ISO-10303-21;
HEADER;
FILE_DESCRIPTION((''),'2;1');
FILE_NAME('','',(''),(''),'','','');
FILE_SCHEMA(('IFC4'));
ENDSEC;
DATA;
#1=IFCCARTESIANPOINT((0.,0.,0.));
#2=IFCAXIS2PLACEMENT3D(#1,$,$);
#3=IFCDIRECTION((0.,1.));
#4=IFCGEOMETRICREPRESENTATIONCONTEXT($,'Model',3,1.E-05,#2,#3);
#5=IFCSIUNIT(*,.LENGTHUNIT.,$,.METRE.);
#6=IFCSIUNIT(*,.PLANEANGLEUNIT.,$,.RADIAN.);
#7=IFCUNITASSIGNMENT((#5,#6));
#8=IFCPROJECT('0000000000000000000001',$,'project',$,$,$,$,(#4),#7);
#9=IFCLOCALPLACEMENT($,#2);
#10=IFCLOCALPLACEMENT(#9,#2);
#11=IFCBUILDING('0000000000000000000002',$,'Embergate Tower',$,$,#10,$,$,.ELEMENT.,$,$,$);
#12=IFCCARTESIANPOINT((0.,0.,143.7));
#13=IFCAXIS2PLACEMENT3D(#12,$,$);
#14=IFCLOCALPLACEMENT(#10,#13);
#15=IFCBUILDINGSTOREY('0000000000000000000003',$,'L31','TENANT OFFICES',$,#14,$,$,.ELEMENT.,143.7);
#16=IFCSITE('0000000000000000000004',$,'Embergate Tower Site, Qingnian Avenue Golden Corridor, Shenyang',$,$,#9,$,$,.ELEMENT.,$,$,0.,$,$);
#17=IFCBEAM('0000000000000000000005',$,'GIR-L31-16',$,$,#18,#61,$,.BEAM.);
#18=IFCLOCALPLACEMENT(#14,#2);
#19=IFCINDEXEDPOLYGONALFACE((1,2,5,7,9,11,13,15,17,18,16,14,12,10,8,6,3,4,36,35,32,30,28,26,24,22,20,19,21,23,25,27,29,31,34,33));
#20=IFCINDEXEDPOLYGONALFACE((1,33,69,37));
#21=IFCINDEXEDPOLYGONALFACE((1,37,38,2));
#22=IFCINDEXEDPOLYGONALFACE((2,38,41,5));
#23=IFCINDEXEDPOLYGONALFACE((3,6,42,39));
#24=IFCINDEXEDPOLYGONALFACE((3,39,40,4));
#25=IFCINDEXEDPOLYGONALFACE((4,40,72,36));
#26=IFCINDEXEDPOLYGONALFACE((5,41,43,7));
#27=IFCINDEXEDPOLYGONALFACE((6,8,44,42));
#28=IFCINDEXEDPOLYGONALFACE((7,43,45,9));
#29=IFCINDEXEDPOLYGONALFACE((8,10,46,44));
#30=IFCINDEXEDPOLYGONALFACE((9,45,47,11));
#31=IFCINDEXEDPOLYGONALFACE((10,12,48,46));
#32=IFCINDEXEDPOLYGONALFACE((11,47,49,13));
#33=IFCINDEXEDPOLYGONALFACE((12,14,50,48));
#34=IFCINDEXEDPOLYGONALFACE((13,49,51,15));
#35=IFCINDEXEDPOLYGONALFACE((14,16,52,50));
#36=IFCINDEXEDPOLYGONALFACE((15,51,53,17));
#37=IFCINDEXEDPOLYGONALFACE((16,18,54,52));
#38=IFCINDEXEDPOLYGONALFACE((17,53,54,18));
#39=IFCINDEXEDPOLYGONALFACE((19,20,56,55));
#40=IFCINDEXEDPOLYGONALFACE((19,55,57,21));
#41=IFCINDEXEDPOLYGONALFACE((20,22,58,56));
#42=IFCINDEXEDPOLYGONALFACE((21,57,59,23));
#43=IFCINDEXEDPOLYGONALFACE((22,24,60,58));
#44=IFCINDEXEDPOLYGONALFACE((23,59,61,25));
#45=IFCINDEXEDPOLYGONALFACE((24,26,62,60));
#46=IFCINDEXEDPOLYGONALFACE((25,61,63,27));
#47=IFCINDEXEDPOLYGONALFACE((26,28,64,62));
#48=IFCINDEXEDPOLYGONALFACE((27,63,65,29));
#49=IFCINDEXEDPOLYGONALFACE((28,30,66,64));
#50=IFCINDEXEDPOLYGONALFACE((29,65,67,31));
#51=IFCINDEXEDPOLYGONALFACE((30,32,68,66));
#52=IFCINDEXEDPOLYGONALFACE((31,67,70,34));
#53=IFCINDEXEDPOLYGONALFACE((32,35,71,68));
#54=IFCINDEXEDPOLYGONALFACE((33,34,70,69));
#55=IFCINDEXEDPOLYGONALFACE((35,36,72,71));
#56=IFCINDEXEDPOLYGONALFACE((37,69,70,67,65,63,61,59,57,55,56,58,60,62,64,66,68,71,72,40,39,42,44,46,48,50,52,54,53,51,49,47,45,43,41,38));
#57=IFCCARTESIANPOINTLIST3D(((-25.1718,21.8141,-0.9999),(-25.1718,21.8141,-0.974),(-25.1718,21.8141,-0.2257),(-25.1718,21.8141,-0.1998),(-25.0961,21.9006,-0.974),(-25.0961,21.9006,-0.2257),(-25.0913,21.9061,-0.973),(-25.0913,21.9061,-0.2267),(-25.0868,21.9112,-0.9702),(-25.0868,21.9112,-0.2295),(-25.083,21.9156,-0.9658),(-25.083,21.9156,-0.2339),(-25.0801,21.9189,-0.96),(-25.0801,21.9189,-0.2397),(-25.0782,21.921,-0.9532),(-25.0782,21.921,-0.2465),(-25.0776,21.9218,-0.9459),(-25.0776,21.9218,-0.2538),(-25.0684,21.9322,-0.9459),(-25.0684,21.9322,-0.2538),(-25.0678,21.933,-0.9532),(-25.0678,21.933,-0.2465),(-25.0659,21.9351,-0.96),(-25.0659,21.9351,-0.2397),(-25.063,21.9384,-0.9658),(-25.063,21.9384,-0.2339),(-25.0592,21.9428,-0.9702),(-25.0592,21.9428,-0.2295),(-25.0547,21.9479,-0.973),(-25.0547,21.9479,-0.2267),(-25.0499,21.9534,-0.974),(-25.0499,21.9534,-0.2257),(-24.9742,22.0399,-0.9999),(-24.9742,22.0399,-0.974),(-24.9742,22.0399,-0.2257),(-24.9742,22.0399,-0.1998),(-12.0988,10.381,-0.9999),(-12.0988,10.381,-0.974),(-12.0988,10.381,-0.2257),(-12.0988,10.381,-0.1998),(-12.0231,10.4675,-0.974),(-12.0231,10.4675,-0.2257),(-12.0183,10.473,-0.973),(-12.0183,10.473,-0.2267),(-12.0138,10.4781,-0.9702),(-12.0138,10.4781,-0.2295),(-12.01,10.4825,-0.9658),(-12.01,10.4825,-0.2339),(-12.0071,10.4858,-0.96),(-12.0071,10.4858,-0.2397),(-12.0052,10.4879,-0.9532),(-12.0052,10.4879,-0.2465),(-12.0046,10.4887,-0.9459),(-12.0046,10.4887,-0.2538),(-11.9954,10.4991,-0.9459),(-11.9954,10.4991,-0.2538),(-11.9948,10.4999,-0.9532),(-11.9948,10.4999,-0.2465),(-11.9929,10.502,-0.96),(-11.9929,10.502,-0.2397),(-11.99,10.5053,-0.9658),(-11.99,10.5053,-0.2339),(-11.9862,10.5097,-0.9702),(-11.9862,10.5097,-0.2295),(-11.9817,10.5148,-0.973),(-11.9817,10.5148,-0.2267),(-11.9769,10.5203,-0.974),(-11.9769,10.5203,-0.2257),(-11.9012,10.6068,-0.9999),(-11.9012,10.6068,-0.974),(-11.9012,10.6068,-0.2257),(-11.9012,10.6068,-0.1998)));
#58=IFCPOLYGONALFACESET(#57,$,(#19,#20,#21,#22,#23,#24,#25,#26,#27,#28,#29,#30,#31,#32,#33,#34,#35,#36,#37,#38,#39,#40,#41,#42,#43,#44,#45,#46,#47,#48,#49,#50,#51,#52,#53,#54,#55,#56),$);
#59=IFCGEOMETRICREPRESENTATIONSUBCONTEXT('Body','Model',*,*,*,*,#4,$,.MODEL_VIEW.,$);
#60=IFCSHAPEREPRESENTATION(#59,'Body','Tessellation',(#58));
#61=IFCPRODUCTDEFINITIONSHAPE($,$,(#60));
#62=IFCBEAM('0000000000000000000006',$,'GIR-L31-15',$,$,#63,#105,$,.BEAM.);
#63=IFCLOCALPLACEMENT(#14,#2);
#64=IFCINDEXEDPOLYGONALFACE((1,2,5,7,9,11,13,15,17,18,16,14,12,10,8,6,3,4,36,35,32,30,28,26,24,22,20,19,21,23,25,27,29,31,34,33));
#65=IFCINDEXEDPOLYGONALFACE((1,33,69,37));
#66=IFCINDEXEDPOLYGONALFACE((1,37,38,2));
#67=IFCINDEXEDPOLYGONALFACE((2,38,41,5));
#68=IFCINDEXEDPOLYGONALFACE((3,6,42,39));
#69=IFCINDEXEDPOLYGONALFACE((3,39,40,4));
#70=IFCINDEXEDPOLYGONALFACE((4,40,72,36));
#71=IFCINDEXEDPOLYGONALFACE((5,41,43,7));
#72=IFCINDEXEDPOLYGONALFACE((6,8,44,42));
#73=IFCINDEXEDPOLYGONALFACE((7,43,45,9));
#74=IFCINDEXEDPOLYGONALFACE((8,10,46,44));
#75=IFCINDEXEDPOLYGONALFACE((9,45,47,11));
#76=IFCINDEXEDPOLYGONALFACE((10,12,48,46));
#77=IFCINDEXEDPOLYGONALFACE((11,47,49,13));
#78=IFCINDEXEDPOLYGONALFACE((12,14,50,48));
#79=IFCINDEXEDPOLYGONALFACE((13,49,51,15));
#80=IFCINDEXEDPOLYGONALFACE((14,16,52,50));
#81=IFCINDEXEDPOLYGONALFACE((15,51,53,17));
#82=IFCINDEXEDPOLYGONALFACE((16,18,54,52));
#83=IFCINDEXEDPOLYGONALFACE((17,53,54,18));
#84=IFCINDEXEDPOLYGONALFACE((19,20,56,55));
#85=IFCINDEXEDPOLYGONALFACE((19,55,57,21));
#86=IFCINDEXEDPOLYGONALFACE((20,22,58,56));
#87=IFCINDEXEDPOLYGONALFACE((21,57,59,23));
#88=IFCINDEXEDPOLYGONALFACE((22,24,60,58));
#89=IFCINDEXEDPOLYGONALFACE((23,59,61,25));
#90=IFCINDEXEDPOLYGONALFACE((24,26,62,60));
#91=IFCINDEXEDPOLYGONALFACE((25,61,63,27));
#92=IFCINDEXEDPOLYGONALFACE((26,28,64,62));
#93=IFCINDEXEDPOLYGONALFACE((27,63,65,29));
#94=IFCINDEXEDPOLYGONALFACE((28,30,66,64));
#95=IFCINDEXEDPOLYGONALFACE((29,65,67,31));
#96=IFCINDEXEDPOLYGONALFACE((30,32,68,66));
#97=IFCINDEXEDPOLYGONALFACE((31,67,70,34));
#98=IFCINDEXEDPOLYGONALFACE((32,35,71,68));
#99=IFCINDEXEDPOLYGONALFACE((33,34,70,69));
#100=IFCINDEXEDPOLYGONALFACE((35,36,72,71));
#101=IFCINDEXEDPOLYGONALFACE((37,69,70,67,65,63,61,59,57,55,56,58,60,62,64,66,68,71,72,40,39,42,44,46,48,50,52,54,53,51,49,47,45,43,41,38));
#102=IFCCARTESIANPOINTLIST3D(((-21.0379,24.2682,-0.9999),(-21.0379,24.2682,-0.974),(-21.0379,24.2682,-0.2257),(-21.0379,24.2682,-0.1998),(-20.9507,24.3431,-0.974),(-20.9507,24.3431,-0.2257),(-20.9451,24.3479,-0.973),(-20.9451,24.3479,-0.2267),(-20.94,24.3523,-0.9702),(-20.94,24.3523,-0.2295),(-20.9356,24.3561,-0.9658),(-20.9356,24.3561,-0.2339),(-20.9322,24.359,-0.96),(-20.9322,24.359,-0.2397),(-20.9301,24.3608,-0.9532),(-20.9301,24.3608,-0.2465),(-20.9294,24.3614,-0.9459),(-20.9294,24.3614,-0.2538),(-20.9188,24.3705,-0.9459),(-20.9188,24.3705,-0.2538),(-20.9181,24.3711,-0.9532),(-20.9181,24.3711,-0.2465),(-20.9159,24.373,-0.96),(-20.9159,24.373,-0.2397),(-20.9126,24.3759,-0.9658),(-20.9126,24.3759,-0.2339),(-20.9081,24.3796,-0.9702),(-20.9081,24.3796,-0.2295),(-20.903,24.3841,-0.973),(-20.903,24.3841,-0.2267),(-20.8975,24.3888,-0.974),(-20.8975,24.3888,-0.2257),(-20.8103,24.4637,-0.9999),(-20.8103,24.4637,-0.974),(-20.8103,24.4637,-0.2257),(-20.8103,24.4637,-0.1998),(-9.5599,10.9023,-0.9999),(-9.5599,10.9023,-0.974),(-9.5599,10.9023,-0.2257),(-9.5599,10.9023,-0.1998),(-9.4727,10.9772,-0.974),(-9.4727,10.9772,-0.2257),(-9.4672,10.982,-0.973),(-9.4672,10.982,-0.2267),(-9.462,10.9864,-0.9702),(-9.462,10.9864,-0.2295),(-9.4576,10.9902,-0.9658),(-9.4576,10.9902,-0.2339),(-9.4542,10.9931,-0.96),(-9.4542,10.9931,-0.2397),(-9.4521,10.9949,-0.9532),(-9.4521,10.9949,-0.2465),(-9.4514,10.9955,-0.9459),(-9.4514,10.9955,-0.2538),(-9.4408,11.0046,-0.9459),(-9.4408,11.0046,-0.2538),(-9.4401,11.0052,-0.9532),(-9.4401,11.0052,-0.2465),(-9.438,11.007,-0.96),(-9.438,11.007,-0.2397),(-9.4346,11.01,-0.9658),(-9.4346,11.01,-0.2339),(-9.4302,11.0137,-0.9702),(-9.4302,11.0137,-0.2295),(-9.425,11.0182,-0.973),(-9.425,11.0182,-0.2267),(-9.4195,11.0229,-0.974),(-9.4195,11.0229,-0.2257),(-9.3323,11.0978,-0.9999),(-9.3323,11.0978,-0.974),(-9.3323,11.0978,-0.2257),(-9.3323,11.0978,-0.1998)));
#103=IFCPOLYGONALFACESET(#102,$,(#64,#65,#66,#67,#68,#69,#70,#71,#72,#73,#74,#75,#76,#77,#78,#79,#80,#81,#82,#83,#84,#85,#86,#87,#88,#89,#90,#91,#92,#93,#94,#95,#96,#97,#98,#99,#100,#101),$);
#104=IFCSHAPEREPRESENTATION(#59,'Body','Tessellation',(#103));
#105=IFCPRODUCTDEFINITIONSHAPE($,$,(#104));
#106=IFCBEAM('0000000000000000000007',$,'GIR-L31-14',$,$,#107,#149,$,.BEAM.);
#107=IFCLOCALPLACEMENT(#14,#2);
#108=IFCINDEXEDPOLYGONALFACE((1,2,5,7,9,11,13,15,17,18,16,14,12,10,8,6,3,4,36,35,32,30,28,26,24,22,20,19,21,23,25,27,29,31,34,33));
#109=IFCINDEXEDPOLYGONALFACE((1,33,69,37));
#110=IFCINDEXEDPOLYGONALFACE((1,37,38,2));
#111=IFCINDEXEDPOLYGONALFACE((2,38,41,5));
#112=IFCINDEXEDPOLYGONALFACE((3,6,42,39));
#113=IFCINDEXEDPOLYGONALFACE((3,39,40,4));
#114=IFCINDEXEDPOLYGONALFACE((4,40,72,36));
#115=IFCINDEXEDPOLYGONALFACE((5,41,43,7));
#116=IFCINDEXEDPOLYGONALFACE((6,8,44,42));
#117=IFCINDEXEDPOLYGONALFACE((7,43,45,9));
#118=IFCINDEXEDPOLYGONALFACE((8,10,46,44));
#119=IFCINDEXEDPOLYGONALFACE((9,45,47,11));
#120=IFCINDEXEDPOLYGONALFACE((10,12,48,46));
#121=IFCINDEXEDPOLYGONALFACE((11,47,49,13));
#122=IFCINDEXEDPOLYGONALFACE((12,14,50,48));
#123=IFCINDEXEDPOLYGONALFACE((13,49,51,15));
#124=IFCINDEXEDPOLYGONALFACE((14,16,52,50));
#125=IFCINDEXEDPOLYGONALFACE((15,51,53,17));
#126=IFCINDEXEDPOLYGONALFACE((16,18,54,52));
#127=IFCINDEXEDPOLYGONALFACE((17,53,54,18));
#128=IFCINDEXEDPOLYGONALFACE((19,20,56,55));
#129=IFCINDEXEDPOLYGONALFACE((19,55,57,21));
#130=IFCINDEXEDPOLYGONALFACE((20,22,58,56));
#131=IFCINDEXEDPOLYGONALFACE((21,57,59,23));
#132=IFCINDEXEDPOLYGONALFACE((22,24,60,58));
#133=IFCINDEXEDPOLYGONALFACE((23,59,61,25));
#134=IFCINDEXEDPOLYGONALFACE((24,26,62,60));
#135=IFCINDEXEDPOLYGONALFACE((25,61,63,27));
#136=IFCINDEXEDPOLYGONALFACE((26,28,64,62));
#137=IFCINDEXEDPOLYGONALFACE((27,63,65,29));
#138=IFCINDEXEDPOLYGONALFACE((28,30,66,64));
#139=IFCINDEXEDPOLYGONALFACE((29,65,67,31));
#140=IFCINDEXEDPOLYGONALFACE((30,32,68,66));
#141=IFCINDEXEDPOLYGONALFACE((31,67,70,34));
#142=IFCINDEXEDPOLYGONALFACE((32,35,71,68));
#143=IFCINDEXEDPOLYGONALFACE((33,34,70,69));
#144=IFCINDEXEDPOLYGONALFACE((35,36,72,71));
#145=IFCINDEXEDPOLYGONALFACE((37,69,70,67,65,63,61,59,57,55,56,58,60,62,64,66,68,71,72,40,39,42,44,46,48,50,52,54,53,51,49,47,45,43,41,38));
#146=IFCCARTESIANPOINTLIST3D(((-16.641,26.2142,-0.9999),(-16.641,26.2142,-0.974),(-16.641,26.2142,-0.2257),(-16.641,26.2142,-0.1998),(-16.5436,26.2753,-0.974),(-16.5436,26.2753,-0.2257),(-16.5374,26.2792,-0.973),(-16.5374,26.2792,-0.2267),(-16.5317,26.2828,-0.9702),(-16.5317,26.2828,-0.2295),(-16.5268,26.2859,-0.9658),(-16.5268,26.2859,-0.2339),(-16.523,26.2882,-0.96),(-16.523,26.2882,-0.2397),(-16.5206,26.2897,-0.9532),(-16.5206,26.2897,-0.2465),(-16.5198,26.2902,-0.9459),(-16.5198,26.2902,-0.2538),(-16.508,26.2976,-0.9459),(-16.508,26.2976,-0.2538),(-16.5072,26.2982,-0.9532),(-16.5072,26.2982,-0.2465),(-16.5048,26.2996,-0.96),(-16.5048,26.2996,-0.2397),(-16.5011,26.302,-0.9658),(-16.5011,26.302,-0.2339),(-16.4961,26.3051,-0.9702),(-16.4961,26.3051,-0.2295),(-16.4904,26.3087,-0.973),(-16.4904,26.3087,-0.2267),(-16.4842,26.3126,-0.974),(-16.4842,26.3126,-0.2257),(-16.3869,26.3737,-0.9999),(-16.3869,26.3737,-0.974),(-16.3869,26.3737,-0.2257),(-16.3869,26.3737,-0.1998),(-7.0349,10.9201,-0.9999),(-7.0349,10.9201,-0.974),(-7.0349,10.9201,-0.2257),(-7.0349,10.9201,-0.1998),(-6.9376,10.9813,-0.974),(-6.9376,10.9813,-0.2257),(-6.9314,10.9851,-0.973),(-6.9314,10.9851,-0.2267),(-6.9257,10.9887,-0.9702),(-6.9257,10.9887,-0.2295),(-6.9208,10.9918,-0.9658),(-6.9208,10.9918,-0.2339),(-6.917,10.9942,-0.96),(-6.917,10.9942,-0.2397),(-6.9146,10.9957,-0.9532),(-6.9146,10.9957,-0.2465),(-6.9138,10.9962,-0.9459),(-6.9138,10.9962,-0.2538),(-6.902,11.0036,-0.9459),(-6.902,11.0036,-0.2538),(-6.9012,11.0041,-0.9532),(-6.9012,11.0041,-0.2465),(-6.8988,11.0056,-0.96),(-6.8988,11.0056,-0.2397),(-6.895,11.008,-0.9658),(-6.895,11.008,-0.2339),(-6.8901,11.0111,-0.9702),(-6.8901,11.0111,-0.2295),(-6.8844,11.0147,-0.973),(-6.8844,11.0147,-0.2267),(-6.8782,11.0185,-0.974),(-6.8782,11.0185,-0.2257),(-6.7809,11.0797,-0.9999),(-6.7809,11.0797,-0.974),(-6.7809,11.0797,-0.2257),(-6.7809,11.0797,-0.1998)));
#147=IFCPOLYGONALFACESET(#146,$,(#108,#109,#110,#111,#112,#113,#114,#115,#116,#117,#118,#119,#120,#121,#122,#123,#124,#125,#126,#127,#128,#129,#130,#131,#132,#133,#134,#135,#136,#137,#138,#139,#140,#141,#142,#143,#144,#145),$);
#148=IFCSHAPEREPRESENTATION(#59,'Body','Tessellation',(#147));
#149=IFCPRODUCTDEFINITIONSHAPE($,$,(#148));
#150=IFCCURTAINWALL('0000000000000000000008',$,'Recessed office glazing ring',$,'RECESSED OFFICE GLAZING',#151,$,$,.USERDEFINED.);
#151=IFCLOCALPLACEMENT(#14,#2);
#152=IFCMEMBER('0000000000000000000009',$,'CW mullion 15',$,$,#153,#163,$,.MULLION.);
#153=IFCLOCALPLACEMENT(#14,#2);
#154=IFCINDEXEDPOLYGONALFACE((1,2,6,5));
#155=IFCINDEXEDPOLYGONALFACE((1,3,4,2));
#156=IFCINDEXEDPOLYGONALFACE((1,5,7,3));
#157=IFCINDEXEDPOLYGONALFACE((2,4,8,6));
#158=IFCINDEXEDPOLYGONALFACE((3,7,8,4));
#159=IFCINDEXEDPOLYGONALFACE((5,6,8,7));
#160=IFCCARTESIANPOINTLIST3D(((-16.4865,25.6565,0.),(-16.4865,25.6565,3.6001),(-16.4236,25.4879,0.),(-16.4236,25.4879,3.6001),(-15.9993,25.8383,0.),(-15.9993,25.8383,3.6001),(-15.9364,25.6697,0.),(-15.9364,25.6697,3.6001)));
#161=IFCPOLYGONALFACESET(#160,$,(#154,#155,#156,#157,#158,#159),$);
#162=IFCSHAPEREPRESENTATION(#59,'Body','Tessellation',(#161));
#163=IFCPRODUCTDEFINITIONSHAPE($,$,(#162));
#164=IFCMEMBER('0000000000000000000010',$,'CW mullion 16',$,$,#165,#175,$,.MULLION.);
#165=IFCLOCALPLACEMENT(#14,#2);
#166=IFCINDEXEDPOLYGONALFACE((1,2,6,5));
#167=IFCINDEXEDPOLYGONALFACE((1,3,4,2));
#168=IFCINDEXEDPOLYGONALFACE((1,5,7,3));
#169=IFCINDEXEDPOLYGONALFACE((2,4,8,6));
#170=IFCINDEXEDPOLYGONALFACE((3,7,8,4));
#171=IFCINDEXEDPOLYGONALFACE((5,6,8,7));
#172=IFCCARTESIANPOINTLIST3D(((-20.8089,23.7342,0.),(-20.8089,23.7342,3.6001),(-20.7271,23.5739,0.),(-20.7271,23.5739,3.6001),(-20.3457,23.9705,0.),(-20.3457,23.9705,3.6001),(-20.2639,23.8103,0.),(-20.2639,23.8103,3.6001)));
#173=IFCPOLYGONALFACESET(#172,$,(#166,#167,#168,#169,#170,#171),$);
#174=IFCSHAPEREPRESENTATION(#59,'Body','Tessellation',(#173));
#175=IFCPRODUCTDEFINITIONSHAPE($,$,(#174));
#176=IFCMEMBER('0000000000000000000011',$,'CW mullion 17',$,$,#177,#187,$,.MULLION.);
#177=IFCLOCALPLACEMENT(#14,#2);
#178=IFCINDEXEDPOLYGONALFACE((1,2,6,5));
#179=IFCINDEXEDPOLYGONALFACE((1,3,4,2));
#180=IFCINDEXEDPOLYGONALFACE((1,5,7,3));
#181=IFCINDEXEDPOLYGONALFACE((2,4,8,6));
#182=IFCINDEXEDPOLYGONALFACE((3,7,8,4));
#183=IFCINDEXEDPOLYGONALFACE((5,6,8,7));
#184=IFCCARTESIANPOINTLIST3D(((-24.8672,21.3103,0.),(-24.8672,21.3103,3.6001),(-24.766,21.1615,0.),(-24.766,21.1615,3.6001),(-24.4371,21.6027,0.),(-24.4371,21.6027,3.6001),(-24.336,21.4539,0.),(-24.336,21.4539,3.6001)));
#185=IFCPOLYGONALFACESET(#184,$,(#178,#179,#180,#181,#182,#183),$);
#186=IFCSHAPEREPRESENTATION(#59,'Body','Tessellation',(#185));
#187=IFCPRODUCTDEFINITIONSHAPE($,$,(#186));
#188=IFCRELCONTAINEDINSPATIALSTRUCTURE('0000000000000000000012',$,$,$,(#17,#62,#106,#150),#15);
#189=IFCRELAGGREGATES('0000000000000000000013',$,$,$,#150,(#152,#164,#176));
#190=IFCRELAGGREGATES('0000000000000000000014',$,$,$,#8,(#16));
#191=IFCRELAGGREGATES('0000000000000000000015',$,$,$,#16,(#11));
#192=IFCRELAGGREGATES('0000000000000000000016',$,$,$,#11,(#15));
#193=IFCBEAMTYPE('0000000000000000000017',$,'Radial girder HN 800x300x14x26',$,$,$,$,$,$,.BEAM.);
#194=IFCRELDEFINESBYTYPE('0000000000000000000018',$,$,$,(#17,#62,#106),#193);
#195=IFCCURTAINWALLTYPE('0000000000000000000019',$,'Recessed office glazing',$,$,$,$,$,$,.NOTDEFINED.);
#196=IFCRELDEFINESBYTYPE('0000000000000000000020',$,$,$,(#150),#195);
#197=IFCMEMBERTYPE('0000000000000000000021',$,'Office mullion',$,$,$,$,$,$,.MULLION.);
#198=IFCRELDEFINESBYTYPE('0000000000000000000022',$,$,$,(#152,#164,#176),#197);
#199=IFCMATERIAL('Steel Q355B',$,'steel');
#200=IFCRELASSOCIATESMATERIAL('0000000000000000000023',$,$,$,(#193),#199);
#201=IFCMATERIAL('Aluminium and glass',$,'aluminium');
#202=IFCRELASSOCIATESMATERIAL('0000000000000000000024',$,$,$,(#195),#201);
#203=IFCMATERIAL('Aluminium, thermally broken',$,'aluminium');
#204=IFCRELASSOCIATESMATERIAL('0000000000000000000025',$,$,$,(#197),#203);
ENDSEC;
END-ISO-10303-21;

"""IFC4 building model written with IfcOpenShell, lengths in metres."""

from ifc_helpers import new_model, si_unit, direction, frame, origin, origin_2d, place, context, subcontext, project, spatial, rectangle, i_section, extrude, source, transform, mapped, material, material_profile, profile_set, type_object, element, aggregate, save


model = new_model("IFC4")

# Units and contexts
model_context = context("Model", 3, precision=1e-05, world=origin(), true_north=direction((0.0, 1.0)))
body_context = subcontext(model_context, "Body", "Model", "MODEL_VIEW")
ifc_project = project(units=[si_unit("LENGTHUNIT", "METRE"), si_unit("PLANEANGLEUNIT", "RADIAN")], contexts=[model_context])

# Site, building, storey
site_placement = place(None, origin())
site = spatial("IfcSite", under=ifc_project, at=site_placement, Name="Embergate Tower Site, Qingnian Avenue Golden Corridor, Shenyang", CompositionType="ELEMENT", RefElevation=0.0)
building_placement = place(site_placement, origin())
building = spatial("IfcBuilding", under=site, at=building_placement, Name="Embergate Tower", CompositionType="ELEMENT")
storey_placement = place(building_placement, frame((0.0, 0.0, 143.7)))
storey = spatial("IfcBuildingStorey", under=building, at=storey_placement, Name="L31", Description="TENANT OFFICES", CompositionType="ELEMENT", Elevation=143.7)

# Beams
ifc_material_1 = material(Name="Steel Q355B", Category="steel")
ifc_material_profile_1 = material_profile(ifc_material_1, i_section(OverallWidth=0.3, OverallDepth=0.8, WebThickness=0.0139, FlangeThickness=0.0259, FilletRadius=0.0281, at=origin_2d()), Name="HN 800x300x14x26")
ifc_profile_set_1 = profile_set([ifc_material_profile_1], Name="Steel Q355 grade B")
beam_type_1 = type_object("IfcBeamType", Name="Radial girder HN 800x300x14x26", PredefinedType="BEAM", material=ifc_profile_set_1)
shared_shape_1 = source(origin(), body_context, "Body", "SweptSolid", [
    extrude(i_section(OverallWidth=0.3, OverallDepth=0.8, WebThickness=0.0139, FlangeThickness=0.0259, FilletRadius=0.0281, at=origin_2d()), origin(), (0.0, 0.0, 1.0), 17.3672),
])
beam_1_placement = place(storey_placement, frame((-25.073, 21.927, -0.5999), z_axis=(0.752741, -0.658316, 0.0), x_axis=(0.658316, 0.752741, 0.0)))
element("IfcBeam", 1, at=beam_1_placement, inside=storey, type_object=beam_type_1, Name="GIR-L31-16", PredefinedType="BEAM", context=body_context, shape_type="MappedRepresentation", body=[
    mapped(shared_shape_1, transform((0.0, 0.0, 0.0))),
])
shared_shape_2 = source(origin(), body_context, "Body", "SweptSolid", [
    extrude(i_section(OverallWidth=0.3, OverallDepth=0.8, WebThickness=0.0139, FlangeThickness=0.0259, FilletRadius=0.0281, at=origin_2d()), origin(), (0.0, 0.0, 1.0), 17.6179),
])
beam_2_placement = place(storey_placement, frame((-20.9241, 24.366, -0.5999), z_axis=(0.651494, -0.758654, 0.0), x_axis=(0.758654, 0.651494, 0.0)))
element("IfcBeam", 2, at=beam_2_placement, inside=storey, type_object=beam_type_1, Name="GIR-L31-15", PredefinedType="BEAM", context=body_context, shape_type="MappedRepresentation", body=[
    mapped(shared_shape_2, transform((0.0, 0.0, 0.0))),
])
shared_shape_3 = source(origin(), body_context, "Body", "SweptSolid", [
    extrude(i_section(OverallWidth=0.3, OverallDepth=0.8, WebThickness=0.0139, FlangeThickness=0.0259, FilletRadius=0.0281, at=origin_2d()), origin(), (0.0, 0.0, 1.0), 18.0605),
])
beam_3_placement = place(storey_placement, frame((-16.5139, 26.2939, -0.5999), z_axis=(0.531879, -0.846821, 0.0), x_axis=(0.846821, 0.531879, 0.0)))
element("IfcBeam", 3, at=beam_3_placement, inside=storey, type_object=beam_type_1, Name="GIR-L31-14", PredefinedType="BEAM", context=body_context, shape_type="MappedRepresentation", body=[
    mapped(shared_shape_3, transform((0.0, 0.0, 0.0))),
])

# Curtain wall, members
ifc_material_2 = material(Name="Aluminium and glass", Category="aluminium")
curtain_wall_type = type_object("IfcCurtainWallType", Name="Recessed office glazing", PredefinedType="NOTDEFINED", material=ifc_material_2)
curtain_wall_placement = place(storey_placement, origin())
curtain_wall = element("IfcCurtainWall", 4, at=curtain_wall_placement, inside=storey, type_object=curtain_wall_type, Name="Recessed office glazing ring", ObjectType="RECESSED OFFICE GLAZING", PredefinedType="USERDEFINED")
ifc_material_3 = material(Name="Aluminium, thermally broken", Category="aluminium")
ifc_material_profile_2 = material_profile(ifc_material_3, rectangle(XDim=0.1799, YDim=0.52, at=origin_2d()), Name="AL 520x180")
ifc_profile_set_2 = profile_set([ifc_material_profile_2], Name="Aluminium, thermally broken")
member_type_1 = type_object("IfcMemberType", Name="Office mullion", PredefinedType="MULLION", material=ifc_profile_set_2)
shared_shape_4 = source(origin(), body_context, "Body", "SweptSolid", [
    extrude(rectangle(XDim=0.1799, YDim=0.52, at=origin_2d()), origin(), (0.0, 0.0, 1.0), 3.6001),
])
member_1_placement = place(storey_placement, frame((-16.2114, 25.6631, 0.0), z_axis=(0.0, 0.0, 1.0), x_axis=(0.349496, -0.936938, 0.0)))
member_1 = element("IfcMember", 5, at=member_1_placement, type_object=member_type_1, Name="CW mullion 15", PredefinedType="MULLION", context=body_context, shape_type="MappedRepresentation", body=[
    mapped(shared_shape_4, transform((0.0, 0.0, 0.0))),
])
member_2_placement = place(storey_placement, frame((-20.5364, 23.7722, 0.0), z_axis=(0.0, 0.0, 1.0), x_axis=(0.454504, -0.890745, 0.0)))
member_2 = element("IfcMember", 6, at=member_2_placement, type_object=member_type_1, Name="CW mullion 16", PredefinedType="MULLION", context=body_context, shape_type="MappedRepresentation", body=[
    mapped(shared_shape_4, transform((0.0, 0.0, 0.0))),
])
member_3_placement = place(storey_placement, frame((-24.6016, 21.3821, 0.0), z_axis=(0.0, 0.0, 1.0), x_axis=(0.562209, -0.826995, 0.0)))
member_3 = element("IfcMember", 7, at=member_3_placement, type_object=member_type_1, Name="CW mullion 17", PredefinedType="MULLION", context=body_context, shape_type="MappedRepresentation", body=[
    mapped(shared_shape_4, transform((0.0, 0.0, 0.0))),
])
aggregate(curtain_wall, [member_1, member_2, member_3])

save(model, "model.ifc")
